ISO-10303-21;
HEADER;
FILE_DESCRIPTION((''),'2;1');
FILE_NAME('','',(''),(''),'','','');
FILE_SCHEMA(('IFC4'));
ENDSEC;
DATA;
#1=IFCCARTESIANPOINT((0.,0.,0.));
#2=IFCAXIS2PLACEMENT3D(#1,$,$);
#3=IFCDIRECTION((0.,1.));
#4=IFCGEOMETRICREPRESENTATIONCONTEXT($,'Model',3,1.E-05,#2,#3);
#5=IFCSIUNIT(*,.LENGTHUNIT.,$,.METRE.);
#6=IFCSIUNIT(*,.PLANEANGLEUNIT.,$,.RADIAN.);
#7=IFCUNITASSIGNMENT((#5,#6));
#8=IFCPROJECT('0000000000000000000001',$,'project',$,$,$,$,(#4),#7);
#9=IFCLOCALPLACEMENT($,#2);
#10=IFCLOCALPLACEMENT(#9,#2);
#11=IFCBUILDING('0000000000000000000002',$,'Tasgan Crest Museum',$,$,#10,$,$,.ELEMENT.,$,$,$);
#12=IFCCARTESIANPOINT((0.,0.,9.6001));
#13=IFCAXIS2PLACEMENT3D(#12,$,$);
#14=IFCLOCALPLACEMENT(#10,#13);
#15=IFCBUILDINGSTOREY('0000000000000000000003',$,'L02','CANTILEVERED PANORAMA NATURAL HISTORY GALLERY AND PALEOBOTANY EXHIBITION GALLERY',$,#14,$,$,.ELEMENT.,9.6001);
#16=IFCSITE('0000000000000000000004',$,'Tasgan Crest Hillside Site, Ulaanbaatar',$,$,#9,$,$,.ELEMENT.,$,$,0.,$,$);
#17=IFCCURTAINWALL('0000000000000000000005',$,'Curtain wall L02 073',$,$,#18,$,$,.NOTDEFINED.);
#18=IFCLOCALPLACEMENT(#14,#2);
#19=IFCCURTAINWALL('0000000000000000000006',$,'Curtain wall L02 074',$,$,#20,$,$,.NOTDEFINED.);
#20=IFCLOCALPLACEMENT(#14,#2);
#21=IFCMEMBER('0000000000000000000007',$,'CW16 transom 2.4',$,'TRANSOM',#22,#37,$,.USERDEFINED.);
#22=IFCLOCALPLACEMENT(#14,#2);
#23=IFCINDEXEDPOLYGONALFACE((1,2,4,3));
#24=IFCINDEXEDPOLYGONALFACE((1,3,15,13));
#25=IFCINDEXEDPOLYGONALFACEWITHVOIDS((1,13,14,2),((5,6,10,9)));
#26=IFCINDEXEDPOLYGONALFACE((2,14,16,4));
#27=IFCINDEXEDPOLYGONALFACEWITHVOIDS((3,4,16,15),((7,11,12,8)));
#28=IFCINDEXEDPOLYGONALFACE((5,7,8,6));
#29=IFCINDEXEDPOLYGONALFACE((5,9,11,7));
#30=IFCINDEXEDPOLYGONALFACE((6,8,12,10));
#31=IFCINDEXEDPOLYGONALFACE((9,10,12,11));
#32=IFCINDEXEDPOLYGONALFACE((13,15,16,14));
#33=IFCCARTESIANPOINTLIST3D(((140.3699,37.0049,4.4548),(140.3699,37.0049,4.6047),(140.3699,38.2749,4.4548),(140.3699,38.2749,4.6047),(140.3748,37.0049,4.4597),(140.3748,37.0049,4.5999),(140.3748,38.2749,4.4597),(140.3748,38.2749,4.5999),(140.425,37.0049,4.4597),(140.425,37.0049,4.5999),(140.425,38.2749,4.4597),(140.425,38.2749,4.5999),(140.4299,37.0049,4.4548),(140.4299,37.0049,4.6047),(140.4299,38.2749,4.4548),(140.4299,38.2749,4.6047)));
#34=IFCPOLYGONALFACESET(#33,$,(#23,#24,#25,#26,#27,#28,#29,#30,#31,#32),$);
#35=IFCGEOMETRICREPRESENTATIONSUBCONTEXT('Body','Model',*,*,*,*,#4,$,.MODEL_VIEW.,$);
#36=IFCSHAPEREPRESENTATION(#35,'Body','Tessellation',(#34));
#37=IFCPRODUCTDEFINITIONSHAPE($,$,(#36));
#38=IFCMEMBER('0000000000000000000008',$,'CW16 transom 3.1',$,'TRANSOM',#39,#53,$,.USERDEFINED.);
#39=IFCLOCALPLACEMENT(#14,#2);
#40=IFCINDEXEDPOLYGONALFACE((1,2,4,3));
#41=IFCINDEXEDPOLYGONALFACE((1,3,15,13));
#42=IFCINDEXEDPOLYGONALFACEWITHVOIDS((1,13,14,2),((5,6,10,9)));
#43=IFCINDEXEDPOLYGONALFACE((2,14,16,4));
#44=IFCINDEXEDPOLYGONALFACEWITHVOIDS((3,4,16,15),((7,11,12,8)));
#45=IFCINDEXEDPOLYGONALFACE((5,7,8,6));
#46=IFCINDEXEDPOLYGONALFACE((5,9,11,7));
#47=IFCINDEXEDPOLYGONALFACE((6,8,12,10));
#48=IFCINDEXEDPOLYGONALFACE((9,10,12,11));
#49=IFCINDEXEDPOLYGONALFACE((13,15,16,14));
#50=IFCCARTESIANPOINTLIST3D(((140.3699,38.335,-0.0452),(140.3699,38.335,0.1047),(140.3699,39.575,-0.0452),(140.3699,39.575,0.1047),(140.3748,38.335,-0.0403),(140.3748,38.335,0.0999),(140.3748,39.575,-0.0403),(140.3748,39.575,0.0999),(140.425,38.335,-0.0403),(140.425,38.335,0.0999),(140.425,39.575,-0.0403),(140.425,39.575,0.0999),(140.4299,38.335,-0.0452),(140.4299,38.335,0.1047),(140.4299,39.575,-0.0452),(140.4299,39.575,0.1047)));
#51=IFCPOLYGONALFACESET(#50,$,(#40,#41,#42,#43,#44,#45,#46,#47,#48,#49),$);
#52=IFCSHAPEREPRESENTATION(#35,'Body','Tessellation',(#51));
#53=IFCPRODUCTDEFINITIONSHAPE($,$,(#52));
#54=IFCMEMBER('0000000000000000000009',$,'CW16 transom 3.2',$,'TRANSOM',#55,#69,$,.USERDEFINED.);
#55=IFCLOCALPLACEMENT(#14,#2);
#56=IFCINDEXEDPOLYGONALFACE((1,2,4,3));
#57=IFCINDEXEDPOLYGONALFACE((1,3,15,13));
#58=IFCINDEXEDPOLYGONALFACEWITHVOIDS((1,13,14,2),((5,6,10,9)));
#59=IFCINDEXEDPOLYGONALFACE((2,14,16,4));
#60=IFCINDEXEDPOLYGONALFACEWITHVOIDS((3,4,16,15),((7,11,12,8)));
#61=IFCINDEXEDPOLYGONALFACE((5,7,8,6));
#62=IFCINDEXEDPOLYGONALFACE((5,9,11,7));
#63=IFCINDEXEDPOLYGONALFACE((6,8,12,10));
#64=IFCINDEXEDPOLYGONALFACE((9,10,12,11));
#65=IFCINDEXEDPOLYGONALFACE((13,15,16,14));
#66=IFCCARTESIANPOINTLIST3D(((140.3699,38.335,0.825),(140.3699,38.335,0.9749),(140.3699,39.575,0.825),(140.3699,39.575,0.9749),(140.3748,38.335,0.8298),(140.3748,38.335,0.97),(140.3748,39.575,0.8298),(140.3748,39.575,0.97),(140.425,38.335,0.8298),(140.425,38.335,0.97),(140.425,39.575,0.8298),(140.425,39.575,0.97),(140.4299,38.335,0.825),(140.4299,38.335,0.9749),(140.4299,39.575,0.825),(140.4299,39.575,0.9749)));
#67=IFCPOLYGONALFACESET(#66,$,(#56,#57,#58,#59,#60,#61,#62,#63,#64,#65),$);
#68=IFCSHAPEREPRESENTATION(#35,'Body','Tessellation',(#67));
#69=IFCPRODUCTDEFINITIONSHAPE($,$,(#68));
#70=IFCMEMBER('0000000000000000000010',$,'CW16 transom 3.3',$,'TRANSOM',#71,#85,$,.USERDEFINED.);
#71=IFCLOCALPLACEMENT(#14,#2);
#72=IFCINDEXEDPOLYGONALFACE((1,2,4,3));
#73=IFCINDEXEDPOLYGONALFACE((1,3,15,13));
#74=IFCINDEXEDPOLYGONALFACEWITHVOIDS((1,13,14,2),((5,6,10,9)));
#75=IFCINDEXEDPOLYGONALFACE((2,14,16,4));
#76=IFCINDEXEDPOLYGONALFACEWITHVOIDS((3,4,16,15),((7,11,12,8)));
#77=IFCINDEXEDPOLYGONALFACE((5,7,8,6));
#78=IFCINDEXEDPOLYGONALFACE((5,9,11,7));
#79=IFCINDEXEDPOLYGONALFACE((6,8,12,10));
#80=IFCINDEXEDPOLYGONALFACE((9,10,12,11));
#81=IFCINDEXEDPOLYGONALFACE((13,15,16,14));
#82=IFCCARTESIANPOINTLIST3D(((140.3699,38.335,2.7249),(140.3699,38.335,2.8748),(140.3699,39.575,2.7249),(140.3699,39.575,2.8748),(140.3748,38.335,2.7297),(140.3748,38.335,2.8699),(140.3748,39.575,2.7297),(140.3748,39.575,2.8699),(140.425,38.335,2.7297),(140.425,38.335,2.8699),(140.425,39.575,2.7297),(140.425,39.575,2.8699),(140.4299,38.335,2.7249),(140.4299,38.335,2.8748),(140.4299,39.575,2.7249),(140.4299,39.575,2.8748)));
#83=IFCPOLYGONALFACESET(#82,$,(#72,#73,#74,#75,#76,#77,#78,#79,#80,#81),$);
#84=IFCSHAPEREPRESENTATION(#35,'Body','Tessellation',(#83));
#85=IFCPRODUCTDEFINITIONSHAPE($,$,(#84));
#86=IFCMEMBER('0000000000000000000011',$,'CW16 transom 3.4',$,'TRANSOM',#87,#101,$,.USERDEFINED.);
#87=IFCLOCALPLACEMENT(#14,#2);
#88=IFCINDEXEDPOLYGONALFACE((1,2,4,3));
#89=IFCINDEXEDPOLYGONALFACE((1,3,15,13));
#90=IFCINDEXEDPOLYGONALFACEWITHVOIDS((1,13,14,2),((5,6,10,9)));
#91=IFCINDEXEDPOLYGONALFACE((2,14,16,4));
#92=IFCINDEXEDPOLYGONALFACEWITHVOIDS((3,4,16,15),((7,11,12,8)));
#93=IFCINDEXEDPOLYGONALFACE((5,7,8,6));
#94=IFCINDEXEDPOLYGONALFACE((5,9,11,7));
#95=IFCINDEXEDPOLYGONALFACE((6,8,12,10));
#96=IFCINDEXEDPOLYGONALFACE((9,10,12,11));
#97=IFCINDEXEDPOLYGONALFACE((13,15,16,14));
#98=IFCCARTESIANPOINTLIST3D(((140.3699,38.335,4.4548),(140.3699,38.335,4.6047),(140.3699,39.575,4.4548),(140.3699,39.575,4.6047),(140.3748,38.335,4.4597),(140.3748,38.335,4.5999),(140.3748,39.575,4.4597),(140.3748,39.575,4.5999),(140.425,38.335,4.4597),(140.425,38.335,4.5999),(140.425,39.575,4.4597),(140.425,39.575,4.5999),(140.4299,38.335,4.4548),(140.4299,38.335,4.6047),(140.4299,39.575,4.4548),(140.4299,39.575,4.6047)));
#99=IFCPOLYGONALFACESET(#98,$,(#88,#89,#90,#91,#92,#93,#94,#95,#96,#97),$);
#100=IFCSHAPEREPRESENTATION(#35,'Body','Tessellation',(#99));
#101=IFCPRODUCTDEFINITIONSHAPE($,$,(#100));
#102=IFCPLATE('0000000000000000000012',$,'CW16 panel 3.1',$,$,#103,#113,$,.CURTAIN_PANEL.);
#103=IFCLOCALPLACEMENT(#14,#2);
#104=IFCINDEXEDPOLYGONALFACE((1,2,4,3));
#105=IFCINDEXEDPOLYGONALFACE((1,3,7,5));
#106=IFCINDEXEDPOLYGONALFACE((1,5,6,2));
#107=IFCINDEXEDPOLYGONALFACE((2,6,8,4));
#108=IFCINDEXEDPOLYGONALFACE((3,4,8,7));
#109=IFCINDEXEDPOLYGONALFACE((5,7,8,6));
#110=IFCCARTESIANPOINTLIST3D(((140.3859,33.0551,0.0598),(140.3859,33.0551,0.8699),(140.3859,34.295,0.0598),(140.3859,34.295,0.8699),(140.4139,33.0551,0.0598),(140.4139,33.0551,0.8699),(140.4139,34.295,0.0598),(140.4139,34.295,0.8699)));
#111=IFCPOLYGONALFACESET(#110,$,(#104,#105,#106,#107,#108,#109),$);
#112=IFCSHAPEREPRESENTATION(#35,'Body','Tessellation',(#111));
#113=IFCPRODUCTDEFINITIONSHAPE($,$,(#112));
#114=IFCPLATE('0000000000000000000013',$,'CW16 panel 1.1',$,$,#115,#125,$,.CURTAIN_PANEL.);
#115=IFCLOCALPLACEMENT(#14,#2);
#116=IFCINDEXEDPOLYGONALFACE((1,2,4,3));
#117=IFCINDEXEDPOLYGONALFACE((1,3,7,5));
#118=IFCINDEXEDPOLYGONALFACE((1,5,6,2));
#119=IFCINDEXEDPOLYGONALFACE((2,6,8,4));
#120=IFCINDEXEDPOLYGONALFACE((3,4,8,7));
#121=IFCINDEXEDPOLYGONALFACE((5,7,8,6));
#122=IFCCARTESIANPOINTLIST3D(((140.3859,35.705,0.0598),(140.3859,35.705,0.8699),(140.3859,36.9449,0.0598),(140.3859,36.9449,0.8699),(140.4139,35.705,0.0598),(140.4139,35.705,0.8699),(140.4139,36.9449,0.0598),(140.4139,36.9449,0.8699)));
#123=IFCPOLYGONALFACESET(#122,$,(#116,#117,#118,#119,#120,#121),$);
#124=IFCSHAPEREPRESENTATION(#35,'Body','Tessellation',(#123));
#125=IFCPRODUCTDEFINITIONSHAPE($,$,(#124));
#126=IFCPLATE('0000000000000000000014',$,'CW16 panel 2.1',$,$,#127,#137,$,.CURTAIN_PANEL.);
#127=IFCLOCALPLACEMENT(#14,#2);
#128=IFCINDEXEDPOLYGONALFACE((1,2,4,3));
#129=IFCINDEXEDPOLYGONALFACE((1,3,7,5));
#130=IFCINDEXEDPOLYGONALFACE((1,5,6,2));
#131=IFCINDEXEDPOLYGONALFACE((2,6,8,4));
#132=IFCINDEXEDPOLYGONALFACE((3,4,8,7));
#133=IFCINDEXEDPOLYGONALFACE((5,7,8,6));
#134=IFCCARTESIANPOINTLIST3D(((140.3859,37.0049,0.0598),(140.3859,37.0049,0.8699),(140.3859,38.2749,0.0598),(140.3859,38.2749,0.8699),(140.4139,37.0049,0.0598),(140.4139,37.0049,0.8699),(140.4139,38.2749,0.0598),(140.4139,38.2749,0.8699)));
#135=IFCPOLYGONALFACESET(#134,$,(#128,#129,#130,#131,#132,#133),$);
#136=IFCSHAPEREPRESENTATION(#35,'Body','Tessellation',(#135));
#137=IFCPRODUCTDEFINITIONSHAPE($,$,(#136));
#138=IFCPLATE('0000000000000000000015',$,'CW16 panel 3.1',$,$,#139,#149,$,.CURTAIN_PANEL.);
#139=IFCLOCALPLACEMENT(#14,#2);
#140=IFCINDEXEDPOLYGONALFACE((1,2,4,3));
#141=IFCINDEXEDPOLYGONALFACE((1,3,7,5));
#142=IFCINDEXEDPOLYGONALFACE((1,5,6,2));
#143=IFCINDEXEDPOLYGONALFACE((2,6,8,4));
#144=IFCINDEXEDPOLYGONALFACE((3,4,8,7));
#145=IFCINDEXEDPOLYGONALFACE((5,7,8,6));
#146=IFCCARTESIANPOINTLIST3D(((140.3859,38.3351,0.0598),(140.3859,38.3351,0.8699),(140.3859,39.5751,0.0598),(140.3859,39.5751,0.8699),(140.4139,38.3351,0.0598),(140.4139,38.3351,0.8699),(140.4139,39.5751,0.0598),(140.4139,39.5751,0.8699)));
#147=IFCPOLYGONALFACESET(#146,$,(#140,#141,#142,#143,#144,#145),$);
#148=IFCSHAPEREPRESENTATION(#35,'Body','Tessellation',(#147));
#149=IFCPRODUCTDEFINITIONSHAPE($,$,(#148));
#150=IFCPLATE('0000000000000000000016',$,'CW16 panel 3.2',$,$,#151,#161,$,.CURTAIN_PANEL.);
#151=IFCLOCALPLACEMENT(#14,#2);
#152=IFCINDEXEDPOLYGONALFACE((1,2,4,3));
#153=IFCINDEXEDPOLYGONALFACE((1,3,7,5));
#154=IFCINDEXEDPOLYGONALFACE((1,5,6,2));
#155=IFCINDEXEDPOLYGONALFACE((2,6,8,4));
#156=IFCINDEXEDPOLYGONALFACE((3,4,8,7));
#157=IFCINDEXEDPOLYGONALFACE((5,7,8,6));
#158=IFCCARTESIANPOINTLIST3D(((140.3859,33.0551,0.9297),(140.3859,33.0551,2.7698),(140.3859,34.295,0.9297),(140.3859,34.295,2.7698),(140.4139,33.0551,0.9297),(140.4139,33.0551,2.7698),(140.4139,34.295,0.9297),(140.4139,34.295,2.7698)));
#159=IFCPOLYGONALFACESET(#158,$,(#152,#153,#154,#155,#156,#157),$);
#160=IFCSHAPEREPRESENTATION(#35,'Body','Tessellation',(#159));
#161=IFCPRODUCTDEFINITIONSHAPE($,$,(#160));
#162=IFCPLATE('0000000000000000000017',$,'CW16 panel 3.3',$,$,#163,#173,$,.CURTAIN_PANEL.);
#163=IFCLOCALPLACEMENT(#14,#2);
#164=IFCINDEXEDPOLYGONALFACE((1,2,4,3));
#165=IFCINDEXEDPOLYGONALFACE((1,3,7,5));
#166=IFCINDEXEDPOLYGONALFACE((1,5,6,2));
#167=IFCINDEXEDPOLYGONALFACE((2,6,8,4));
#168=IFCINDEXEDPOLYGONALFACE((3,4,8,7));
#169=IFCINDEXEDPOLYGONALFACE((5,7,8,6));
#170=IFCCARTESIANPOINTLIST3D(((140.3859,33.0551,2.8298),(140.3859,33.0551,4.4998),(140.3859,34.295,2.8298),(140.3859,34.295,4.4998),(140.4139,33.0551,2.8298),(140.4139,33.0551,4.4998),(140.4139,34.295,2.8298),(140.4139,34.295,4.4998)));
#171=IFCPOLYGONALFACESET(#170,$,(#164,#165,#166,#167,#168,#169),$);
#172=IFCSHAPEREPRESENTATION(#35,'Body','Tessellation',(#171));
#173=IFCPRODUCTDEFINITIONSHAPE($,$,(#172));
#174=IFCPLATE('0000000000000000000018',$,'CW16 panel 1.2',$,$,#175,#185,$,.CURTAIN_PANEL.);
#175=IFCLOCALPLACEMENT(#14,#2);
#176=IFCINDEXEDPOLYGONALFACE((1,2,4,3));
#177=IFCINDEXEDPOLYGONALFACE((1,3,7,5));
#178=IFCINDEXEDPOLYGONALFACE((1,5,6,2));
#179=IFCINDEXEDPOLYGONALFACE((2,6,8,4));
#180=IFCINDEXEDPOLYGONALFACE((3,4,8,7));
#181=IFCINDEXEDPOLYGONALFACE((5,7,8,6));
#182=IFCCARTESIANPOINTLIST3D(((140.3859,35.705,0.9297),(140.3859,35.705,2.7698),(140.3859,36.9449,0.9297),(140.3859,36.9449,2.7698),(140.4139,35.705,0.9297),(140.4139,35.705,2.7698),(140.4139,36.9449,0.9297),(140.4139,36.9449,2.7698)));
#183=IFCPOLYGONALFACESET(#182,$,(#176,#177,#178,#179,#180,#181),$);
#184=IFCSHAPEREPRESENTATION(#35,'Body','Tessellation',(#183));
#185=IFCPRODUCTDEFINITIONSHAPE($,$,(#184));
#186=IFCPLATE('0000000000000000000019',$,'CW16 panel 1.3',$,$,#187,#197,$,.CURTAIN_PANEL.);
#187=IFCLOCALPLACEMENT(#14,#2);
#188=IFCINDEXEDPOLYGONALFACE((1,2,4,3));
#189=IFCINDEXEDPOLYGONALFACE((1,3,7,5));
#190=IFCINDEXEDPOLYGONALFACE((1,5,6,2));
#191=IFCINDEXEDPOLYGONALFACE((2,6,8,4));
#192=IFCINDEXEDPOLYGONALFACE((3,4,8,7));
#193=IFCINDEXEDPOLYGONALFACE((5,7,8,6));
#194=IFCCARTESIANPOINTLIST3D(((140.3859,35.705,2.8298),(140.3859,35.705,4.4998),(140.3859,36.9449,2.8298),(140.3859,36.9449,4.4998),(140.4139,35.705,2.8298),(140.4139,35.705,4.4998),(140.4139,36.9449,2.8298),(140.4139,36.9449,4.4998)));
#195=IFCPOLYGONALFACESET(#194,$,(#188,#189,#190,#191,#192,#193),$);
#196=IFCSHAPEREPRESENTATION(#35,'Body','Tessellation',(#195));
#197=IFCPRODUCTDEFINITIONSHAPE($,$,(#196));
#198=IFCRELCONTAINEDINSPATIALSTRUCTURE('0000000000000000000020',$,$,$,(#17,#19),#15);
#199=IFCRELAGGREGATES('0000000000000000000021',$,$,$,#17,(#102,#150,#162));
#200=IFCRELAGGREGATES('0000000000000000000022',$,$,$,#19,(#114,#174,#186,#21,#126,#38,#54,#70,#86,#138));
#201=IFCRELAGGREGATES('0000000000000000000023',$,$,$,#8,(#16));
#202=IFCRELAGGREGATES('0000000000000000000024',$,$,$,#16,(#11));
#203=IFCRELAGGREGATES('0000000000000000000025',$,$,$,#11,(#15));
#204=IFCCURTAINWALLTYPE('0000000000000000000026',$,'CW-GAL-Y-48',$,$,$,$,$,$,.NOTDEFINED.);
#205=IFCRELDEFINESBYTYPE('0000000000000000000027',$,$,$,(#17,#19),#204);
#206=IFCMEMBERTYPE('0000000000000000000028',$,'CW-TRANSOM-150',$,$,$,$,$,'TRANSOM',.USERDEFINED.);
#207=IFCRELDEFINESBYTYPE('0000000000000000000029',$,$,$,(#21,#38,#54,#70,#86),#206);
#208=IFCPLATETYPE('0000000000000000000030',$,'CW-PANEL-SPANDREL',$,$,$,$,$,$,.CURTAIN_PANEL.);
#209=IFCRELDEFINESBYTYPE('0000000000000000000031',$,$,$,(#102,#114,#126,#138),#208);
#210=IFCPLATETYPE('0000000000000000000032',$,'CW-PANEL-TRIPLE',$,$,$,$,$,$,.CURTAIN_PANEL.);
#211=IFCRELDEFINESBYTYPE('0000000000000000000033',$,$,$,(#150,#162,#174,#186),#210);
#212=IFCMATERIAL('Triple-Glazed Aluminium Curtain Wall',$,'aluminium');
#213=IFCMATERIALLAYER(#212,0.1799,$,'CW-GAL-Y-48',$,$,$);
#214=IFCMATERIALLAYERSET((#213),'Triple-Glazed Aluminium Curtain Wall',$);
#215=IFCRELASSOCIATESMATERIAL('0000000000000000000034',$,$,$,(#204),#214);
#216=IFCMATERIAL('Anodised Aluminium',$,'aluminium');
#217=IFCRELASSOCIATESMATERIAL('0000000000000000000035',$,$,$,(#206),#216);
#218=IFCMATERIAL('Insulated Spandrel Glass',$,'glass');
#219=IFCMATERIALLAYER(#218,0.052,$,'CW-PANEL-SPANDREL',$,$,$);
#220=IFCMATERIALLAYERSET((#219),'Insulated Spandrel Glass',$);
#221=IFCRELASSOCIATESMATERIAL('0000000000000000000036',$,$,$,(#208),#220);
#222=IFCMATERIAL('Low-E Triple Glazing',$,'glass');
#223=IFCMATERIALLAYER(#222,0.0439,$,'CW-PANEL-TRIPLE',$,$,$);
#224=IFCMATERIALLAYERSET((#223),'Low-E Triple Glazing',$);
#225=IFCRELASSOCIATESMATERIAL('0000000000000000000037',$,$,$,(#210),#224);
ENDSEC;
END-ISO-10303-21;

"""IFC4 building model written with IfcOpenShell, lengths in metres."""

from ifc_helpers import new_model, si_unit, direction, frame, origin, origin_2d, place, context, subcontext, project, spatial, rectangle, hollow_rectangle, extrude, material, layer, layer_set, material_profile, profile_set, type_object, element, aggregate, save


model = new_model("IFC4")

# Units and contexts
model_context = context("Model", 3, precision=1e-05, world=origin(), true_north=direction((0.0, 1.0)))
body_context = subcontext(model_context, "Body", "Model", "MODEL_VIEW")
ifc_project = project(units=[si_unit("LENGTHUNIT", "METRE"), si_unit("PLANEANGLEUNIT", "RADIAN")], contexts=[model_context])

# Site, building, storey
site_placement = place(None, origin())
site = spatial("IfcSite", under=ifc_project, at=site_placement, Name="Tasgan Crest Hillside Site, Ulaanbaatar", CompositionType="ELEMENT", RefElevation=0.0)
building_placement = place(site_placement, origin())
building = spatial("IfcBuilding", under=site, at=building_placement, Name="Tasgan Crest Museum", CompositionType="ELEMENT")
storey_placement = place(building_placement, frame((0.0, 0.0, 9.6001)))
storey = spatial("IfcBuildingStorey", under=building, at=storey_placement, Name="L02", Description="CANTILEVERED PANORAMA NATURAL HISTORY GALLERY AND PALEOBOTANY EXHIBITION GALLERY", CompositionType="ELEMENT", Elevation=9.6001)

# Curtain wall
ifc_material_1 = material(Name="Triple-Glazed Aluminium Curtain Wall", Category="aluminium")
ifc_layer_1 = layer(ifc_material_1, 0.1799, Name="CW-GAL-Y-48")
ifc_layer_set_1 = layer_set([ifc_layer_1], Name="Triple-Glazed Aluminium Curtain Wall")
curtain_wall_type = type_object("IfcCurtainWallType", Name="CW-GAL-Y-48", PredefinedType="NOTDEFINED", material=ifc_layer_set_1)
curtain_wall_1_placement = place(storey_placement, origin())
curtain_wall_1 = element("IfcCurtainWall", 1, at=curtain_wall_1_placement, inside=storey, type_object=curtain_wall_type, Name="Curtain wall L02 073", PredefinedType="NOTDEFINED")

# Curtain wall
curtain_wall_2_placement = place(storey_placement, origin())
curtain_wall_2 = element("IfcCurtainWall", 2, at=curtain_wall_2_placement, inside=storey, type_object=curtain_wall_type, Name="Curtain wall L02 074", PredefinedType="NOTDEFINED")

# Members
ifc_material_2 = material(Name="Anodised Aluminium", Category="aluminium")
ifc_material_profile_1 = material_profile(ifc_material_2, hollow_rectangle(XDim=0.0601, YDim=0.1499, WallThickness=0.0049, at=origin_2d()), Name="ALU TRANSOM 150x60x5")
ifc_profile_set_1 = profile_set([ifc_material_profile_1], Name="Anodised Aluminium")
member_type_1 = type_object("IfcMemberType", Name="CW-TRANSOM-150", ElementType="TRANSOM", PredefinedType="USERDEFINED", material=ifc_profile_set_1)
member_1_placement = place(storey_placement, frame((140.3999, 37.0049, 4.5298), z_axis=(0.0, 1.0, 0.0), x_axis=(-1.0, 0.0, 0.0)))
member_1 = element("IfcMember", 3, at=member_1_placement, type_object=member_type_1, Name="CW16 transom 2.4", ObjectType="TRANSOM", PredefinedType="USERDEFINED", context=body_context, shape_type="SweptSolid", body=[
    extrude(hollow_rectangle(XDim=0.0601, YDim=0.1499, WallThickness=0.0049, at=origin_2d()), origin(), (0.0, 0.0, 1.0), 1.27),
])
member_2_placement = place(storey_placement, frame((140.3999, 38.335, 0.0298), z_axis=(0.0, 1.0, 0.0), x_axis=(-1.0, 0.0, 0.0)))
member_2 = element("IfcMember", 4, at=member_2_placement, type_object=member_type_1, Name="CW16 transom 3.1", ObjectType="TRANSOM", PredefinedType="USERDEFINED", context=body_context, shape_type="SweptSolid", body=[
    extrude(hollow_rectangle(XDim=0.0601, YDim=0.1499, WallThickness=0.0049, at=origin_2d()), origin(), (0.0, 0.0, 1.0), 1.24),
])
member_3_placement = place(storey_placement, frame((140.3999, 38.335, 0.8999), z_axis=(0.0, 1.0, 0.0), x_axis=(-1.0, 0.0, 0.0)))
member_3 = element("IfcMember", 5, at=member_3_placement, type_object=member_type_1, Name="CW16 transom 3.2", ObjectType="TRANSOM", PredefinedType="USERDEFINED", context=body_context, shape_type="SweptSolid", body=[
    extrude(hollow_rectangle(XDim=0.0601, YDim=0.1499, WallThickness=0.0049, at=origin_2d()), origin(), (0.0, 0.0, 1.0), 1.24),
])
member_4_placement = place(storey_placement, frame((140.3999, 38.335, 2.7998), z_axis=(0.0, 1.0, 0.0), x_axis=(-1.0, 0.0, 0.0)))
member_4 = element("IfcMember", 6, at=member_4_placement, type_object=member_type_1, Name="CW16 transom 3.3", ObjectType="TRANSOM", PredefinedType="USERDEFINED", context=body_context, shape_type="SweptSolid", body=[
    extrude(hollow_rectangle(XDim=0.0601, YDim=0.1499, WallThickness=0.0049, at=origin_2d()), origin(), (0.0, 0.0, 1.0), 1.24),
])
member_5_placement = place(storey_placement, frame((140.3999, 38.335, 4.5298), z_axis=(0.0, 1.0, 0.0), x_axis=(-1.0, 0.0, 0.0)))
member_5 = element("IfcMember", 7, at=member_5_placement, type_object=member_type_1, Name="CW16 transom 3.4", ObjectType="TRANSOM", PredefinedType="USERDEFINED", context=body_context, shape_type="SweptSolid", body=[
    extrude(hollow_rectangle(XDim=0.0601, YDim=0.1499, WallThickness=0.0049, at=origin_2d()), origin(), (0.0, 0.0, 1.0), 1.24),
])

# Plates
ifc_material_3 = material(Name="Insulated Spandrel Glass", Category="glass")
ifc_layer_2 = layer(ifc_material_3, 0.052, Name="CW-PANEL-SPANDREL")
ifc_layer_set_2 = layer_set([ifc_layer_2], Name="Insulated Spandrel Glass")
plate_type_1 = type_object("IfcPlateType", Name="CW-PANEL-SPANDREL", PredefinedType="CURTAIN_PANEL", material=ifc_layer_set_2)
plate_1_placement = place(storey_placement, frame((140.3999, 33.675, 0.0598), z_axis=(0.0, 0.0, 1.0), x_axis=(0.0, 1.0, 0.0)))
plate_1 = element("IfcPlate", 8, at=plate_1_placement, type_object=plate_type_1, Name="CW16 panel 3.1", PredefinedType="CURTAIN_PANEL", context=body_context, shape_type="SweptSolid", body=[
    extrude(rectangle(XDim=1.24, YDim=0.0281, at=origin_2d()), origin(), (0.0, 0.0, 1.0), 0.8101),
])
plate_2_placement = place(storey_placement, frame((140.3999, 36.325, 0.0598), z_axis=(0.0, 0.0, 1.0), x_axis=(0.0, 1.0, 0.0)))
plate_2 = element("IfcPlate", 9, at=plate_2_placement, type_object=plate_type_1, Name="CW16 panel 1.1", PredefinedType="CURTAIN_PANEL", context=body_context, shape_type="SweptSolid", body=[
    extrude(rectangle(XDim=1.24, YDim=0.0281, at=origin_2d()), origin(), (0.0, 0.0, 1.0), 0.8101),
])
plate_3_placement = place(storey_placement, frame((140.3999, 37.6399, 0.0598), z_axis=(0.0, 0.0, 1.0), x_axis=(0.0, 1.0, 0.0)))
plate_3 = element("IfcPlate", 10, at=plate_3_placement, type_object=plate_type_1, Name="CW16 panel 2.1", PredefinedType="CURTAIN_PANEL", context=body_context, shape_type="SweptSolid", body=[
    extrude(rectangle(XDim=1.27, YDim=0.0281, at=origin_2d()), origin(), (0.0, 0.0, 1.0), 0.8101),
])
plate_4_placement = place(storey_placement, frame((140.3999, 38.9551, 0.0598), z_axis=(0.0, 0.0, 1.0), x_axis=(0.0, 1.0, 0.0)))
plate_4 = element("IfcPlate", 11, at=plate_4_placement, type_object=plate_type_1, Name="CW16 panel 3.1", PredefinedType="CURTAIN_PANEL", context=body_context, shape_type="SweptSolid", body=[
    extrude(rectangle(XDim=1.24, YDim=0.0281, at=origin_2d()), origin(), (0.0, 0.0, 1.0), 0.8101),
])
ifc_material_4 = material(Name="Low-E Triple Glazing", Category="glass")
ifc_layer_3 = layer(ifc_material_4, 0.0439, Name="CW-PANEL-TRIPLE")
ifc_layer_set_3 = layer_set([ifc_layer_3], Name="Low-E Triple Glazing")
plate_type_2 = type_object("IfcPlateType", Name="CW-PANEL-TRIPLE", PredefinedType="CURTAIN_PANEL", material=ifc_layer_set_3)
plate_5_placement = place(storey_placement, frame((140.3999, 33.675, 0.9297), z_axis=(0.0, 0.0, 1.0), x_axis=(0.0, 1.0, 0.0)))
plate_5 = element("IfcPlate", 12, at=plate_5_placement, type_object=plate_type_2, Name="CW16 panel 3.2", PredefinedType="CURTAIN_PANEL", context=body_context, shape_type="SweptSolid", body=[
    extrude(rectangle(XDim=1.24, YDim=0.0281, at=origin_2d()), origin(), (0.0, 0.0, 1.0), 1.8401),
])
plate_6_placement = place(storey_placement, frame((140.3999, 33.675, 2.8298), z_axis=(0.0, 0.0, 1.0), x_axis=(0.0, 1.0, 0.0)))
plate_6 = element("IfcPlate", 13, at=plate_6_placement, type_object=plate_type_2, Name="CW16 panel 3.3", PredefinedType="CURTAIN_PANEL", context=body_context, shape_type="SweptSolid", body=[
    extrude(rectangle(XDim=1.24, YDim=0.0281, at=origin_2d()), origin(), (0.0, 0.0, 1.0), 1.6699),
])
aggregate(curtain_wall_1, [plate_1, plate_5, plate_6])
plate_7_placement = place(storey_placement, frame((140.3999, 36.325, 0.9297), z_axis=(0.0, 0.0, 1.0), x_axis=(0.0, 1.0, 0.0)))
plate_7 = element("IfcPlate", 14, at=plate_7_placement, type_object=plate_type_2, Name="CW16 panel 1.2", PredefinedType="CURTAIN_PANEL", context=body_context, shape_type="SweptSolid", body=[
    extrude(rectangle(XDim=1.24, YDim=0.0281, at=origin_2d()), origin(), (0.0, 0.0, 1.0), 1.8401),
])
plate_8_placement = place(storey_placement, frame((140.3999, 36.325, 2.8298), z_axis=(0.0, 0.0, 1.0), x_axis=(0.0, 1.0, 0.0)))
plate_8 = element("IfcPlate", 15, at=plate_8_placement, type_object=plate_type_2, Name="CW16 panel 1.3", PredefinedType="CURTAIN_PANEL", context=body_context, shape_type="SweptSolid", body=[
    extrude(rectangle(XDim=1.24, YDim=0.0281, at=origin_2d()), origin(), (0.0, 0.0, 1.0), 1.6699),
])
aggregate(curtain_wall_2, [plate_2, plate_7, plate_8, member_1, plate_3, member_2, member_3, member_4, member_5, plate_4])

save(model, "model.ifc")
